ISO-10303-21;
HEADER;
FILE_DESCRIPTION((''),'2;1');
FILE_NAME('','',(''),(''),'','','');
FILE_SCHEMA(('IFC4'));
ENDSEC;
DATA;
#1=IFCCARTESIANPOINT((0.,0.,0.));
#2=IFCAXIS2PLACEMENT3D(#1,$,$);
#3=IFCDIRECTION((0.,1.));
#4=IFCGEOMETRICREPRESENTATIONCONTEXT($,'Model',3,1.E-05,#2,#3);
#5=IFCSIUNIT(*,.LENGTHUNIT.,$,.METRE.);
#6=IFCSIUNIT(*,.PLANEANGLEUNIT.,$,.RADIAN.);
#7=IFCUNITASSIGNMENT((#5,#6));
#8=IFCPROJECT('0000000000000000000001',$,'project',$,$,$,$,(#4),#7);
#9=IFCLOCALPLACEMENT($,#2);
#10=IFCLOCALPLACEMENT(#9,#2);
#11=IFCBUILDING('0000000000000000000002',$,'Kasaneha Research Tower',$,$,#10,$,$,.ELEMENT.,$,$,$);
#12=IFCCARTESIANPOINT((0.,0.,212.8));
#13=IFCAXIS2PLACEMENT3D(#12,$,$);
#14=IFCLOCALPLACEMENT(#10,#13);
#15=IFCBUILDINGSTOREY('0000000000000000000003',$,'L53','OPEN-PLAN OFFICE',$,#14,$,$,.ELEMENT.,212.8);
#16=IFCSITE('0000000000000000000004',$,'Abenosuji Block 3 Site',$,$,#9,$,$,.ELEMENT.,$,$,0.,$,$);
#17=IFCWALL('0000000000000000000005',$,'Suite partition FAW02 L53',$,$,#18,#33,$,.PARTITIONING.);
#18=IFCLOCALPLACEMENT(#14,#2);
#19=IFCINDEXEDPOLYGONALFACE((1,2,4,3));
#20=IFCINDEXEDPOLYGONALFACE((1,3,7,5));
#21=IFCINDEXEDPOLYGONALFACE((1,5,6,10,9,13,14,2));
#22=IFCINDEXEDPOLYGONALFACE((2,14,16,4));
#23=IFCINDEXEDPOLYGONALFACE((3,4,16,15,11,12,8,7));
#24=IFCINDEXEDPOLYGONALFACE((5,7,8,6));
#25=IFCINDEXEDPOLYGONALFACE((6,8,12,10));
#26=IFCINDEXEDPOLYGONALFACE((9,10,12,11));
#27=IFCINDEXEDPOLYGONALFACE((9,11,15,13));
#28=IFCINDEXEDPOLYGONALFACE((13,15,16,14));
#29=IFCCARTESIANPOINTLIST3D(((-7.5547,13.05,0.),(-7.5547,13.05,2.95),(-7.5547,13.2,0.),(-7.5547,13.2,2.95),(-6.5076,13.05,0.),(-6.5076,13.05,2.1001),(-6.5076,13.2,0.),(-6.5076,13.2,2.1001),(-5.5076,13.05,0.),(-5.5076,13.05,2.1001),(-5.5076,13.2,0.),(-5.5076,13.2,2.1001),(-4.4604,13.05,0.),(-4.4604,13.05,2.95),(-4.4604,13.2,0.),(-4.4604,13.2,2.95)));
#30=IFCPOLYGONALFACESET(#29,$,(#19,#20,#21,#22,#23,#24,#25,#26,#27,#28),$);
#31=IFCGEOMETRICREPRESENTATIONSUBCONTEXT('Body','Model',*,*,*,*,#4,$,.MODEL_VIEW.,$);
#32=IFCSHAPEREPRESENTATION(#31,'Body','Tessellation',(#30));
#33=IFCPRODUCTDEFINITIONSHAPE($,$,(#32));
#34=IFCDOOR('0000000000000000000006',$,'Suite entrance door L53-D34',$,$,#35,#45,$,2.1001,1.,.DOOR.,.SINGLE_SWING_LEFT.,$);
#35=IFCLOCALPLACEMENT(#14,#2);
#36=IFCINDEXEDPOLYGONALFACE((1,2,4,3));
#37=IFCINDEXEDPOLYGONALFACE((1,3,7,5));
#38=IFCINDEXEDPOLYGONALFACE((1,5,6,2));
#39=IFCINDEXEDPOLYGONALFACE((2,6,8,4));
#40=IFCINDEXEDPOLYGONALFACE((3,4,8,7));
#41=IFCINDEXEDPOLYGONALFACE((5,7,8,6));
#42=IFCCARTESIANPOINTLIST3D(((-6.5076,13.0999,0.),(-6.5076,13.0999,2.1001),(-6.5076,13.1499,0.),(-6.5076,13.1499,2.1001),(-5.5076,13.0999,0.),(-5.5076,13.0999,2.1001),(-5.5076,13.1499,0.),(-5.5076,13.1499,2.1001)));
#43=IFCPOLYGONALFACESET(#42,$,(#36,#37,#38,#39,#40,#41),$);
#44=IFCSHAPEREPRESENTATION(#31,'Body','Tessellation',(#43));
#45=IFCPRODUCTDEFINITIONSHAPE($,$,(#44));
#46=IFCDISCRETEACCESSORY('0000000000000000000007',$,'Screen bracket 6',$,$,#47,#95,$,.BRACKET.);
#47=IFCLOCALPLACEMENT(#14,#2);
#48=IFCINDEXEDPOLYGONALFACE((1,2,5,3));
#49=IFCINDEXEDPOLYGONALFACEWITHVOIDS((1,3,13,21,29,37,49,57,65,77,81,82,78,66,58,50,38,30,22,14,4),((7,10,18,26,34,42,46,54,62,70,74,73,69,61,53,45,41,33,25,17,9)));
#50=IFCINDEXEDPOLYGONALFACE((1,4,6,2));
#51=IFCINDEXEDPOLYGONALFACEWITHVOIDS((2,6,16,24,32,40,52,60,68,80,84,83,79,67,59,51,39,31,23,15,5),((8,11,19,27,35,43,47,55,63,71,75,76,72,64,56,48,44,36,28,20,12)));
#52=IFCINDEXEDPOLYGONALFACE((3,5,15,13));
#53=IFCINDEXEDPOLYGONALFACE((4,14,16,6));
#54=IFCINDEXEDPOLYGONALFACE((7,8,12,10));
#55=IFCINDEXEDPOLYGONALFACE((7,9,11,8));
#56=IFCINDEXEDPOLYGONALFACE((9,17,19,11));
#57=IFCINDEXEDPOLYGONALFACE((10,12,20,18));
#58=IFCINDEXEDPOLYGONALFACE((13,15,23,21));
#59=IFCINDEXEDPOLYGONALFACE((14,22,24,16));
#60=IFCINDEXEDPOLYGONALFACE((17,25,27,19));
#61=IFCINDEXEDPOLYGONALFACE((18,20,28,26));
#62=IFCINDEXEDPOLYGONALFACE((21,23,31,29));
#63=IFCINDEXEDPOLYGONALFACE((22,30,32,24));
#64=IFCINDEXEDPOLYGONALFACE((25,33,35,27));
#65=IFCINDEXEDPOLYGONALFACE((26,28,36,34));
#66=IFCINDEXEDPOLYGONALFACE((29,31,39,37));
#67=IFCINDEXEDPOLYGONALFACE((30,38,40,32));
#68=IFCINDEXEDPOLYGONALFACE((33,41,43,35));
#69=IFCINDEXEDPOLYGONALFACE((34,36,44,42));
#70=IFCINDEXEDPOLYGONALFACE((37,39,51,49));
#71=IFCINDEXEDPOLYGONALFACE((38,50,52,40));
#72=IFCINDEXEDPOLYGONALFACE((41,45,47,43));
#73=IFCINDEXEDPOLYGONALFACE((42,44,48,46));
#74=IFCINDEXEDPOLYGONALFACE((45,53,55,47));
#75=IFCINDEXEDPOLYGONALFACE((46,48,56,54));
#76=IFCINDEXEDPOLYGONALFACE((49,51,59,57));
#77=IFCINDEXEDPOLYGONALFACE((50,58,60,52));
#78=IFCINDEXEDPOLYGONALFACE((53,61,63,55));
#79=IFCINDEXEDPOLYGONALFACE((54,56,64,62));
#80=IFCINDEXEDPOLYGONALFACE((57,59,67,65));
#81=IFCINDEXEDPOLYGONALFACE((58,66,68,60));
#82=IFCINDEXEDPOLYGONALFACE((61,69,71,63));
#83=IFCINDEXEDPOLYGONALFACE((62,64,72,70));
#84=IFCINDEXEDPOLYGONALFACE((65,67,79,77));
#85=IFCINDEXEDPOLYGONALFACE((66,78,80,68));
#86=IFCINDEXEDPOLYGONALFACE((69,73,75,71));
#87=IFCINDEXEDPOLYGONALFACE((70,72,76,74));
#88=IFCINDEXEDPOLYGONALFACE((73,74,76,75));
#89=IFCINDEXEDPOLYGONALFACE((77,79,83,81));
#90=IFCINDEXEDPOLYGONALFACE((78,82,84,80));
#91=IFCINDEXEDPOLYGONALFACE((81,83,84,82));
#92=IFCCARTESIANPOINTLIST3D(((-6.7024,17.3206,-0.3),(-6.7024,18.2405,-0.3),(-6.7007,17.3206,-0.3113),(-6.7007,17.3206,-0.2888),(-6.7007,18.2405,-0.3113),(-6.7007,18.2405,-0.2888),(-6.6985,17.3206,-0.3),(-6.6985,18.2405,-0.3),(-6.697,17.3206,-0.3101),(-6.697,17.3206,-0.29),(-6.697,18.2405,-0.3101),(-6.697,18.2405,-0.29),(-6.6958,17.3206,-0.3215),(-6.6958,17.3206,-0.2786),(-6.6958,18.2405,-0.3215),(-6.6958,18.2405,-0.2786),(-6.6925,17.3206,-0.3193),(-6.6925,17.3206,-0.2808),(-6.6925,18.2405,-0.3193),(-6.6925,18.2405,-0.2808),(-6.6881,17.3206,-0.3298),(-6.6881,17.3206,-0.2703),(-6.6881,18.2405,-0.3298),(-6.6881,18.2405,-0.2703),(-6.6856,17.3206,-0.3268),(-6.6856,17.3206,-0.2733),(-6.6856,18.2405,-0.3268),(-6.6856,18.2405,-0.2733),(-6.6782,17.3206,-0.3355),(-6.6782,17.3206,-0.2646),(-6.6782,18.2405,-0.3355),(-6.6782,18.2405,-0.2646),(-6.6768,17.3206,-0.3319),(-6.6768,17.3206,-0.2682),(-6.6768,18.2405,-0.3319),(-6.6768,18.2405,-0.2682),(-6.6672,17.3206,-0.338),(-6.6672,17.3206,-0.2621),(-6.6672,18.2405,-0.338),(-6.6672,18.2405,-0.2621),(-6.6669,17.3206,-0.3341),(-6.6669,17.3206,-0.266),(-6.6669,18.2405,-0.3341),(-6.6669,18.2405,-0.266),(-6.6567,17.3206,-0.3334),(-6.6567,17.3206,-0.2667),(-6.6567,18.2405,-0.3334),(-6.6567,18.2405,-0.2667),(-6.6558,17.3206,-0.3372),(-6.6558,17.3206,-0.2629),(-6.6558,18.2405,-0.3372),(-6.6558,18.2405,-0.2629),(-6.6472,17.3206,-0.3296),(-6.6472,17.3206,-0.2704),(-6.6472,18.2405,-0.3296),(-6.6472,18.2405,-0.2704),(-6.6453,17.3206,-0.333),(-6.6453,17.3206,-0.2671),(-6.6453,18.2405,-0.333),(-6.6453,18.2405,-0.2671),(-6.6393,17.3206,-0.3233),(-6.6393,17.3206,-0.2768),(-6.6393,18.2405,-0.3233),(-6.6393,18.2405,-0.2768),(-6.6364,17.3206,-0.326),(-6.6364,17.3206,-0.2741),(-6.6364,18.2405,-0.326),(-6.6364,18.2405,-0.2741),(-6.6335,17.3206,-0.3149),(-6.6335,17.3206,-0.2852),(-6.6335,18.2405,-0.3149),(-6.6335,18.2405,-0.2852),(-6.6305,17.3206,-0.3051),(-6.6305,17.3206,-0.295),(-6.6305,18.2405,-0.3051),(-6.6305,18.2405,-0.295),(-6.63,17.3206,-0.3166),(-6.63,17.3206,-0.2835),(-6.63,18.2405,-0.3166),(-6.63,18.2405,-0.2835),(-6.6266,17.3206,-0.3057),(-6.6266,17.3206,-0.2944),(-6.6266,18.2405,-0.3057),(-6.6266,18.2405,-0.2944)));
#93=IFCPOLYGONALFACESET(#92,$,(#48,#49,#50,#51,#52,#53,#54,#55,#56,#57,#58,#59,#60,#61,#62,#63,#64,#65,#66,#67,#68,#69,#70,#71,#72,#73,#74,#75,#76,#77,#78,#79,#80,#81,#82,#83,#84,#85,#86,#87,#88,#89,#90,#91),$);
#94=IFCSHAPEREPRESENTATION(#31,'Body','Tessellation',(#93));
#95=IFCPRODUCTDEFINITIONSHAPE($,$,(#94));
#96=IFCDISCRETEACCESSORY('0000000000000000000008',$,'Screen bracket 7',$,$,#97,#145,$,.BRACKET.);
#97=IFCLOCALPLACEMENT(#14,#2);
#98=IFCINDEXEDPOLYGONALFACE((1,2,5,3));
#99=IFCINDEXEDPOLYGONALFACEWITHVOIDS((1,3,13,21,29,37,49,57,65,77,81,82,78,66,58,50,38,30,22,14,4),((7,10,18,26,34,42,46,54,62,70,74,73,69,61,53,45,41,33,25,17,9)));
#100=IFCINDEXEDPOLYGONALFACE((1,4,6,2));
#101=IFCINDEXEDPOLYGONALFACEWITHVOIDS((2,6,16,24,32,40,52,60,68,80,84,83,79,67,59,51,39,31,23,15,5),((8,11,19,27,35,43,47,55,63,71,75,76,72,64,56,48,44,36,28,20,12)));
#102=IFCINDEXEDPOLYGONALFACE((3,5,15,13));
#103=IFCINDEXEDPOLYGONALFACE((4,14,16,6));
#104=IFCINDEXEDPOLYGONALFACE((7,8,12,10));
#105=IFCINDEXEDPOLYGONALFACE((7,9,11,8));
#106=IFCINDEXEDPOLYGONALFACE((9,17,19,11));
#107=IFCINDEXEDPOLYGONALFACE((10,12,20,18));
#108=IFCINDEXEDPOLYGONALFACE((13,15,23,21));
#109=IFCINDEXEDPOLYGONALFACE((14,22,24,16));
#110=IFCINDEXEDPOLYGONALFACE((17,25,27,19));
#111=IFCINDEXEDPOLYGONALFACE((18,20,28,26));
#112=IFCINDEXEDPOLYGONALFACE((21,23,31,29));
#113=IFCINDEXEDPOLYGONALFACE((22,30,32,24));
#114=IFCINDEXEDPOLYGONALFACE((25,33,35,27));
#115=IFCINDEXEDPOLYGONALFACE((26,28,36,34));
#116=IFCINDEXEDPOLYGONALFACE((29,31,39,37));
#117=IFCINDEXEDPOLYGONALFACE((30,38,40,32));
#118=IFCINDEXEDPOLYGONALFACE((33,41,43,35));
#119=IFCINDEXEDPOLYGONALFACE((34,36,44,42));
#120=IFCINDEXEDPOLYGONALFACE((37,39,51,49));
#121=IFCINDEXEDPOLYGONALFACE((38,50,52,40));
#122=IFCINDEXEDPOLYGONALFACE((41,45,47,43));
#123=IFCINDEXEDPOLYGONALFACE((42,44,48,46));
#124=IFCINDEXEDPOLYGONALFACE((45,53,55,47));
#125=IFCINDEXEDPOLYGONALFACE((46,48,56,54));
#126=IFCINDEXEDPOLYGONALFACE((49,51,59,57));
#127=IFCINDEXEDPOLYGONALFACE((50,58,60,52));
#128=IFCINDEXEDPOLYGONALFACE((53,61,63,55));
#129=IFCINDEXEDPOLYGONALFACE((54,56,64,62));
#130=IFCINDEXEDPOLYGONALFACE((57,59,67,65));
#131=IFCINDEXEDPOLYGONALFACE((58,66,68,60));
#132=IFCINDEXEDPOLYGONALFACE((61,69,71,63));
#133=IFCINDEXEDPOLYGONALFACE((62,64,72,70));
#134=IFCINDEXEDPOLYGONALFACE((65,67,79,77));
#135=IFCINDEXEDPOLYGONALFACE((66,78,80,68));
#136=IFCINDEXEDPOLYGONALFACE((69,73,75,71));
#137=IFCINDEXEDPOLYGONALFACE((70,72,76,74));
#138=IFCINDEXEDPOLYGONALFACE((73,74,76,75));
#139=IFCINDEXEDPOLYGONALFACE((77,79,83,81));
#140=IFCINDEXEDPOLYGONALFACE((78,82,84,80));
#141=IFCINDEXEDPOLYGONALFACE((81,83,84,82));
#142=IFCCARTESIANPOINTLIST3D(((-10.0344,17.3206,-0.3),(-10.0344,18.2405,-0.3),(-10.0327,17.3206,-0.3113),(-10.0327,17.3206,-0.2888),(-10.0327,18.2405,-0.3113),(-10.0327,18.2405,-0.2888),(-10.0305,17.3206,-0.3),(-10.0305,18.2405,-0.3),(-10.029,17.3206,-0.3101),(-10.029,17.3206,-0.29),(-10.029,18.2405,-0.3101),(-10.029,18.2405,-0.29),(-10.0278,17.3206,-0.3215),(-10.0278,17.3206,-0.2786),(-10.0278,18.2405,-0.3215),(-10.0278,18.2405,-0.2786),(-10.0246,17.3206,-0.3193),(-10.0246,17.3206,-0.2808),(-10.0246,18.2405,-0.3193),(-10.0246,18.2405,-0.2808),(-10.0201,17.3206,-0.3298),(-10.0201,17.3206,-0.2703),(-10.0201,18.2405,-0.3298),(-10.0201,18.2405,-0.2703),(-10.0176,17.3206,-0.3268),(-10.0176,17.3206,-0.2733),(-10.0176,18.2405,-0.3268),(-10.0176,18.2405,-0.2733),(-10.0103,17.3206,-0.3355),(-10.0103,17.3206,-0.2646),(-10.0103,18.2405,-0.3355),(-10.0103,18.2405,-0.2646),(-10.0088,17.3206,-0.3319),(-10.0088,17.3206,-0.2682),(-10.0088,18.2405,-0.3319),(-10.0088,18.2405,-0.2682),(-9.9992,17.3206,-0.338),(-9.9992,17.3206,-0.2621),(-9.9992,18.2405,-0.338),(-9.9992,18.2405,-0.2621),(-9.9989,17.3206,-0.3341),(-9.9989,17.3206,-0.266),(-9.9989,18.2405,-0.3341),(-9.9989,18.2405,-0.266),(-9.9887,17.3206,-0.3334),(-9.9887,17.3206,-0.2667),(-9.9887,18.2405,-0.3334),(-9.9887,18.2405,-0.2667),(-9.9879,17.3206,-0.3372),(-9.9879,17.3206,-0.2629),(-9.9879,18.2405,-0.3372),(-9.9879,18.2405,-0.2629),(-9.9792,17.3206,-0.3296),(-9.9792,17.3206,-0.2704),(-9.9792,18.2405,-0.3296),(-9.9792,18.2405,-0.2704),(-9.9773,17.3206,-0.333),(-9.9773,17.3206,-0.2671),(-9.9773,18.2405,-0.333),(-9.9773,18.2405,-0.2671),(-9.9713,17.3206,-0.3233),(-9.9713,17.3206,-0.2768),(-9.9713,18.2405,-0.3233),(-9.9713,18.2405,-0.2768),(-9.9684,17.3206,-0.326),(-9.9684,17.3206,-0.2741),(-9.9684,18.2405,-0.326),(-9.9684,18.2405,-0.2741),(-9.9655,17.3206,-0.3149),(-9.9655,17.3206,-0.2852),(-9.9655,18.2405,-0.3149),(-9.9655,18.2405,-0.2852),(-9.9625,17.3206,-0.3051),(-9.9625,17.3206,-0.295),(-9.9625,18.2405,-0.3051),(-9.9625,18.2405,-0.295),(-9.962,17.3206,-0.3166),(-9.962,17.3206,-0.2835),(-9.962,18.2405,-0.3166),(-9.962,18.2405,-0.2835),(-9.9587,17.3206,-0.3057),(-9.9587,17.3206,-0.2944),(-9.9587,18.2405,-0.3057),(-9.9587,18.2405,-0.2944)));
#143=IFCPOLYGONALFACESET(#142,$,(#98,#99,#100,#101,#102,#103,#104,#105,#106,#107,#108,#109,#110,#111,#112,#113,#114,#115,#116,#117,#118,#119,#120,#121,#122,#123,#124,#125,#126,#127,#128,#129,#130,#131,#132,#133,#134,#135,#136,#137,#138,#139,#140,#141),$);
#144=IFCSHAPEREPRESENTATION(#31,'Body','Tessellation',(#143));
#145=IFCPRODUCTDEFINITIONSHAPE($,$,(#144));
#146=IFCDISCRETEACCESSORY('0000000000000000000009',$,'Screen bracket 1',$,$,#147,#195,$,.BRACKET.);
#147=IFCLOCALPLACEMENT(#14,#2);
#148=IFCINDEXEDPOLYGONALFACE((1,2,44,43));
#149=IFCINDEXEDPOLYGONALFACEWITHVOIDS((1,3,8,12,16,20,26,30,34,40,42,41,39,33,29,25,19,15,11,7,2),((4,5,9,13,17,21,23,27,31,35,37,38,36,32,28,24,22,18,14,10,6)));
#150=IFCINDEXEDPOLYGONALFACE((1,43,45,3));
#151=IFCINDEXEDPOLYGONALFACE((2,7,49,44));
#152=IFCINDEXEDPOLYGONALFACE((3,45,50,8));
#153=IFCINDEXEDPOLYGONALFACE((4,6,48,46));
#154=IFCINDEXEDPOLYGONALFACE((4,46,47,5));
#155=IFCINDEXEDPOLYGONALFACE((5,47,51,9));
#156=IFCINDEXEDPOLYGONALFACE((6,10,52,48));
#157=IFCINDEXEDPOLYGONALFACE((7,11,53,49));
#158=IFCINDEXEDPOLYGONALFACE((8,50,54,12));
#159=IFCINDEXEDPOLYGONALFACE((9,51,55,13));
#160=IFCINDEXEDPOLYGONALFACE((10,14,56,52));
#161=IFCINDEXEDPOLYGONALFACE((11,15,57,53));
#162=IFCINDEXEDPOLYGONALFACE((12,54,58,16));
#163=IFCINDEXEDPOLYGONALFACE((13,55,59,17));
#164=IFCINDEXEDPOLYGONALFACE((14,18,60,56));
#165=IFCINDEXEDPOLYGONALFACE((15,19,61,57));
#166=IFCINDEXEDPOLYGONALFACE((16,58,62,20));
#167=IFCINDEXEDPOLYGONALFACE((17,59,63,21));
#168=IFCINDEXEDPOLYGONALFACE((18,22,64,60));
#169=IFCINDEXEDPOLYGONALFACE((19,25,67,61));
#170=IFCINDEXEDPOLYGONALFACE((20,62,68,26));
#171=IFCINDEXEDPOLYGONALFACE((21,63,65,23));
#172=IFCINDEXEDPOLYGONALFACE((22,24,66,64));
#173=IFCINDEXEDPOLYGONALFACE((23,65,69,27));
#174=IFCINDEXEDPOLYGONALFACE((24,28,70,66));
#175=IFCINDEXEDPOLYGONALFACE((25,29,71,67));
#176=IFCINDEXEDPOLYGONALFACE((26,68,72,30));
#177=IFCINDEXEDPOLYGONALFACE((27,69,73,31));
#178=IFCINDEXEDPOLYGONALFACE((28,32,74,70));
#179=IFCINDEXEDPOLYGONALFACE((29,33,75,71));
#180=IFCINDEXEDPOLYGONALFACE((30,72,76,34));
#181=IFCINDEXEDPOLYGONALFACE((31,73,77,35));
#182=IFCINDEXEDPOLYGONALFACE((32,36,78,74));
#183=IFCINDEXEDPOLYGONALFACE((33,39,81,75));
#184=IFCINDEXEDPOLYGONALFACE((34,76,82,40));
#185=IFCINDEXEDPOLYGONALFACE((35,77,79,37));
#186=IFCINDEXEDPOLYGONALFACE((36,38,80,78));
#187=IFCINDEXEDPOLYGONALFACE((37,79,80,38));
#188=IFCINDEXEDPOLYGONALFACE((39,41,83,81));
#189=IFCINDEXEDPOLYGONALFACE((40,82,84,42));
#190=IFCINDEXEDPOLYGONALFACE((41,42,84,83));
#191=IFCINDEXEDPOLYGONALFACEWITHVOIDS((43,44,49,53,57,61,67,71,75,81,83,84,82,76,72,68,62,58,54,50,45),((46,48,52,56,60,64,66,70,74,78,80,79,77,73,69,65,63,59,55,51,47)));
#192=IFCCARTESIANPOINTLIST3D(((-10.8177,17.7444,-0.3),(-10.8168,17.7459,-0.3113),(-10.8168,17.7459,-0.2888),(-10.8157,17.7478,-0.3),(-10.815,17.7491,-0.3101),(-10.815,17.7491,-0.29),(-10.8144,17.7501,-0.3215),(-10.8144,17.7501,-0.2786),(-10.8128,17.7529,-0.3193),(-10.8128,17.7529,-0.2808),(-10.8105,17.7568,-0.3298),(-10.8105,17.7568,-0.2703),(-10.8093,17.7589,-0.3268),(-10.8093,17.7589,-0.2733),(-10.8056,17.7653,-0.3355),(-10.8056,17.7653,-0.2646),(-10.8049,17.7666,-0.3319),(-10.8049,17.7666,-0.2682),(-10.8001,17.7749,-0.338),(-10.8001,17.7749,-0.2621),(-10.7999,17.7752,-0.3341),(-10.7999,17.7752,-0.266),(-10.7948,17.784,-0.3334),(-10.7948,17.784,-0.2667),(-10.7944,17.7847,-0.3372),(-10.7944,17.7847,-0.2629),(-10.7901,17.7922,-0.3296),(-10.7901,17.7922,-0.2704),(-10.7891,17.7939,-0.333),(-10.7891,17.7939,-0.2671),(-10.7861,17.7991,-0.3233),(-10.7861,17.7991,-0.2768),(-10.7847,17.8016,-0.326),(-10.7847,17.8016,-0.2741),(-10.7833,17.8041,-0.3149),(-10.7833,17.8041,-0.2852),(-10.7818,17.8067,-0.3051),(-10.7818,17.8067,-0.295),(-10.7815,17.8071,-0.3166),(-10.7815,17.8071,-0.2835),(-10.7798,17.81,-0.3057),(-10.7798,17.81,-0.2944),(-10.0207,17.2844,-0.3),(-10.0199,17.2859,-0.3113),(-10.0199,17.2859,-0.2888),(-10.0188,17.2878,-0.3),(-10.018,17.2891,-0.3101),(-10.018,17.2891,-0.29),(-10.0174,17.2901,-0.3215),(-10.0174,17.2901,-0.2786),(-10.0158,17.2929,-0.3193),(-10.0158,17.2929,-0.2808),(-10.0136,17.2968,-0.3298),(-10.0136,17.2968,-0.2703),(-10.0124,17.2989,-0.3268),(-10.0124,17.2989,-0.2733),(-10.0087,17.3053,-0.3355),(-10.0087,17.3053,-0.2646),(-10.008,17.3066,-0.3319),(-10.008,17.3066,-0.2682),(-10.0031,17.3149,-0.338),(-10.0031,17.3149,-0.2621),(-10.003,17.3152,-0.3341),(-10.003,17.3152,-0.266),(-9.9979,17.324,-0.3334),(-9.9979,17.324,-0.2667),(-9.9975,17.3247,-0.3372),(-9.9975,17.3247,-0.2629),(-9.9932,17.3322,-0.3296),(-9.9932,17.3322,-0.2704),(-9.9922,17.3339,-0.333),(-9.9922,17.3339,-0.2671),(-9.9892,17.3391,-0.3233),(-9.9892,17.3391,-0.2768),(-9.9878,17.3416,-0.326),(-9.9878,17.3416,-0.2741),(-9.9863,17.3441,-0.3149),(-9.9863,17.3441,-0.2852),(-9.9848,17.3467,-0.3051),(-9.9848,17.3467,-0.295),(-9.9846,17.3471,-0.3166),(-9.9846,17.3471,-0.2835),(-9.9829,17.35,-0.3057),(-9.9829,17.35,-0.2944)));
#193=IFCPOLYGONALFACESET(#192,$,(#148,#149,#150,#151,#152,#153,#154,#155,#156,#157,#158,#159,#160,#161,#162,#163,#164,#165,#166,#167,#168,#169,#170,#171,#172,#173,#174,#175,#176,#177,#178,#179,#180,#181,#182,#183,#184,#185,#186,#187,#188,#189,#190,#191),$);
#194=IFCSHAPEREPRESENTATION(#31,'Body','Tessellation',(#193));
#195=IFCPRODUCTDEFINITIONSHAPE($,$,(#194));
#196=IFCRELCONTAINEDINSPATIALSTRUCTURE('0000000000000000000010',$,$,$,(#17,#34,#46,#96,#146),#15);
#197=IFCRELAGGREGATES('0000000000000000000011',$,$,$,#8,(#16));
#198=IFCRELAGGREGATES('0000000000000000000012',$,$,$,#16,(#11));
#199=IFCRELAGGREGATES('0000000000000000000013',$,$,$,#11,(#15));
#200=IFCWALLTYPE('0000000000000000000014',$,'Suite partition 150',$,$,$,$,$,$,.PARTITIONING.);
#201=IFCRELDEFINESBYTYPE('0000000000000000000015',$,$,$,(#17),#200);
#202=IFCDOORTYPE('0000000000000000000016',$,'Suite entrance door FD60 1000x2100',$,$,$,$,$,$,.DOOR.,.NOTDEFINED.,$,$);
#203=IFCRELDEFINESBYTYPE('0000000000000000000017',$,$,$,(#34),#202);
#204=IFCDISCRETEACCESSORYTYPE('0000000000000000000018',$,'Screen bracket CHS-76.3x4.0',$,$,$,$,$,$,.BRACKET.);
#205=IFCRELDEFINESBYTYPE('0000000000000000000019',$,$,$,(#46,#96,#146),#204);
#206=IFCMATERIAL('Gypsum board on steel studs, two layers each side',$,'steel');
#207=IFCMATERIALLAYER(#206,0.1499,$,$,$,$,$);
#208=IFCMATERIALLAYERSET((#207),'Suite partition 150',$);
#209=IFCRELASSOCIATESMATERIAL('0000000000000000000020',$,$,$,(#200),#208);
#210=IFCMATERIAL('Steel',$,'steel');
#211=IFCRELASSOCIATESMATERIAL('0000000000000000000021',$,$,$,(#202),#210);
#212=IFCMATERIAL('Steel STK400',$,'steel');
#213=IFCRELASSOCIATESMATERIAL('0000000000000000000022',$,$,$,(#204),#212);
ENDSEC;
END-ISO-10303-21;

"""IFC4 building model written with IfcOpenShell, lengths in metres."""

from ifc_helpers import new_model, si_unit, direction, frame, frame_2d, origin, origin_2d, place, context, subcontext, project, spatial, rectangle, hollow_circle, extrude, material, layer, layer_set, material_profile, profile_set, type_object, element, fill, save


model = new_model("IFC4")

# Units and contexts
model_context = context("Model", 3, precision=1e-05, world=origin(), true_north=direction((0.0, 1.0)))
body_context = subcontext(model_context, "Body", "Model", "MODEL_VIEW")
ifc_project = project(units=[si_unit("LENGTHUNIT", "METRE"), si_unit("PLANEANGLEUNIT", "RADIAN")], contexts=[model_context])

# Site, building, storey
site_placement = place(None, origin())
site = spatial("IfcSite", under=ifc_project, at=site_placement, Name="Abenosuji Block 3 Site", CompositionType="ELEMENT", RefElevation=0.0)
building_placement = place(site_placement, origin())
building = spatial("IfcBuilding", under=site, at=building_placement, Name="Kasaneha Research Tower", CompositionType="ELEMENT")
storey_placement = place(building_placement, frame((0.0, 0.0, 212.8)))
storey = spatial("IfcBuildingStorey", under=building, at=storey_placement, Name="L53", Description="OPEN-PLAN OFFICE", CompositionType="ELEMENT", Elevation=212.8)

# Wall, opening, door
ifc_material_1 = material(Name="Gypsum board on steel studs, two layers each side", Category="steel")
ifc_layer_1 = layer(ifc_material_1, 0.1499)
ifc_layer_set_1 = layer_set([ifc_layer_1], Name="Suite partition 150")
wall_type_1 = type_object("IfcWallType", Name="Suite partition 150", PredefinedType="PARTITIONING", material=ifc_layer_set_1)
wall_1_placement = place(storey_placement, frame((-7.5547, 13.125, 0.0), z_axis=(0.0, 0.0, 1.0), x_axis=(1.0, 0.0, 0.0)))
wall_1 = element("IfcWall", 1, at=wall_1_placement, inside=storey, type_object=wall_type_1, Name="Suite partition FAW02 L53", PredefinedType="PARTITIONING", context=body_context, shape_type="SweptSolid", body=[
    extrude(rectangle(XDim=3.0942, YDim=0.1499, at=frame_2d((1.5471, 0.0))), origin(), (0.0, 0.0, 1.0), 2.95),
])
opening_1_placement = place(wall_1_placement, frame((1.0471, 0.0, 0.0)))
opening_1 = element("IfcOpeningElement", 2, at=opening_1_placement, cuts=wall_1, PredefinedType="OPENING", context=body_context, shape_type="SweptSolid", body=[
    extrude(rectangle(XDim=1.0, YDim=2.1001, at=frame_2d((0.5, 1.05))), frame((0.0, 0.085, 0.0), z_axis=(0.0, -1.0, 0.0), x_axis=(1.0, 0.0, 0.0)), (0.0, 0.0, 1.0), 0.1699),
])
ifc_material_2 = material(Name="Steel", Category="steel")
door_type_1 = type_object("IfcDoorType", Name="Suite entrance door FD60 1000x2100", OperationType="NOTDEFINED", PredefinedType="DOOR", material=ifc_material_2)
door_1_placement = place(opening_1_placement, origin())
door_1 = element("IfcDoor", 3, at=door_1_placement, inside=storey, type_object=door_type_1, Name="Suite entrance door L53-D34", OperationType="SINGLE_SWING_LEFT", OverallHeight=2.1001, OverallWidth=1.0, PredefinedType="DOOR", context=body_context, shape_type="SweptSolid", body=[
    extrude(rectangle(XDim=1.0, YDim=2.1001, at=frame_2d((0.5, 1.05))), frame((0.0, 0.0249, 0.0), z_axis=(0.0, -1.0, 0.0), x_axis=(1.0, 0.0, 0.0)), (0.0, 0.0, 1.0), 0.05),
])
fill(opening_1, door_1)

# Discrete accessories
ifc_material_3 = material(Name="Steel STK400", Category="steel")
ifc_material_profile_1 = material_profile(ifc_material_3, hollow_circle(Radius=0.0381, WallThickness=0.0039, at=origin_2d()), Name="CHS-76.3x4.0")
ifc_profile_set_1 = profile_set([ifc_material_profile_1], Name="Steel STK400")
discrete_accessory_type = type_object("IfcDiscreteAccessoryType", Name="Screen bracket CHS-76.3x4.0", PredefinedType="BRACKET", material=ifc_profile_set_1)
for number, where, z_axis, x_axis, name in (
    (4, (-6.6643, 17.3206, -0.3), (0.0, 1.0, 0.0), (-1.0, 0.0, 0.0), "Screen bracket 6"),
    (5, (-9.9963, 17.3206, -0.3), (0.0, 1.0, 0.0), (-1.0, 0.0, 0.0), "Screen bracket 7"),
):
    element("IfcDiscreteAccessory", number, at=place(storey_placement, frame(where, z_axis=z_axis, x_axis=x_axis)), inside=storey, type_object=discrete_accessory_type, Name=name, PredefinedType="BRACKET", context=body_context, shape_type="SweptSolid", body=[
        extrude(hollow_circle(Radius=0.0381, WallThickness=0.0039, at=origin_2d()), origin(), (0.0, 0.0, 1.0), 0.9199),
    ])
discrete_accessory_placement = place(storey_placement, frame((-10.0017, 17.3174, -0.3), z_axis=(-0.86608, 0.499906, 0.0), x_axis=(-0.499906, -0.86608, 0.0)))
element("IfcDiscreteAccessory", 6, at=discrete_accessory_placement, inside=storey, type_object=discrete_accessory_type, Name="Screen bracket 1", PredefinedType="BRACKET", context=body_context, shape_type="SweptSolid", body=[
    extrude(hollow_circle(Radius=0.0381, WallThickness=0.0039, at=origin_2d()), origin(), (0.0, 0.0, 1.0), 0.9202),
])

save(model, "model.ifc")
